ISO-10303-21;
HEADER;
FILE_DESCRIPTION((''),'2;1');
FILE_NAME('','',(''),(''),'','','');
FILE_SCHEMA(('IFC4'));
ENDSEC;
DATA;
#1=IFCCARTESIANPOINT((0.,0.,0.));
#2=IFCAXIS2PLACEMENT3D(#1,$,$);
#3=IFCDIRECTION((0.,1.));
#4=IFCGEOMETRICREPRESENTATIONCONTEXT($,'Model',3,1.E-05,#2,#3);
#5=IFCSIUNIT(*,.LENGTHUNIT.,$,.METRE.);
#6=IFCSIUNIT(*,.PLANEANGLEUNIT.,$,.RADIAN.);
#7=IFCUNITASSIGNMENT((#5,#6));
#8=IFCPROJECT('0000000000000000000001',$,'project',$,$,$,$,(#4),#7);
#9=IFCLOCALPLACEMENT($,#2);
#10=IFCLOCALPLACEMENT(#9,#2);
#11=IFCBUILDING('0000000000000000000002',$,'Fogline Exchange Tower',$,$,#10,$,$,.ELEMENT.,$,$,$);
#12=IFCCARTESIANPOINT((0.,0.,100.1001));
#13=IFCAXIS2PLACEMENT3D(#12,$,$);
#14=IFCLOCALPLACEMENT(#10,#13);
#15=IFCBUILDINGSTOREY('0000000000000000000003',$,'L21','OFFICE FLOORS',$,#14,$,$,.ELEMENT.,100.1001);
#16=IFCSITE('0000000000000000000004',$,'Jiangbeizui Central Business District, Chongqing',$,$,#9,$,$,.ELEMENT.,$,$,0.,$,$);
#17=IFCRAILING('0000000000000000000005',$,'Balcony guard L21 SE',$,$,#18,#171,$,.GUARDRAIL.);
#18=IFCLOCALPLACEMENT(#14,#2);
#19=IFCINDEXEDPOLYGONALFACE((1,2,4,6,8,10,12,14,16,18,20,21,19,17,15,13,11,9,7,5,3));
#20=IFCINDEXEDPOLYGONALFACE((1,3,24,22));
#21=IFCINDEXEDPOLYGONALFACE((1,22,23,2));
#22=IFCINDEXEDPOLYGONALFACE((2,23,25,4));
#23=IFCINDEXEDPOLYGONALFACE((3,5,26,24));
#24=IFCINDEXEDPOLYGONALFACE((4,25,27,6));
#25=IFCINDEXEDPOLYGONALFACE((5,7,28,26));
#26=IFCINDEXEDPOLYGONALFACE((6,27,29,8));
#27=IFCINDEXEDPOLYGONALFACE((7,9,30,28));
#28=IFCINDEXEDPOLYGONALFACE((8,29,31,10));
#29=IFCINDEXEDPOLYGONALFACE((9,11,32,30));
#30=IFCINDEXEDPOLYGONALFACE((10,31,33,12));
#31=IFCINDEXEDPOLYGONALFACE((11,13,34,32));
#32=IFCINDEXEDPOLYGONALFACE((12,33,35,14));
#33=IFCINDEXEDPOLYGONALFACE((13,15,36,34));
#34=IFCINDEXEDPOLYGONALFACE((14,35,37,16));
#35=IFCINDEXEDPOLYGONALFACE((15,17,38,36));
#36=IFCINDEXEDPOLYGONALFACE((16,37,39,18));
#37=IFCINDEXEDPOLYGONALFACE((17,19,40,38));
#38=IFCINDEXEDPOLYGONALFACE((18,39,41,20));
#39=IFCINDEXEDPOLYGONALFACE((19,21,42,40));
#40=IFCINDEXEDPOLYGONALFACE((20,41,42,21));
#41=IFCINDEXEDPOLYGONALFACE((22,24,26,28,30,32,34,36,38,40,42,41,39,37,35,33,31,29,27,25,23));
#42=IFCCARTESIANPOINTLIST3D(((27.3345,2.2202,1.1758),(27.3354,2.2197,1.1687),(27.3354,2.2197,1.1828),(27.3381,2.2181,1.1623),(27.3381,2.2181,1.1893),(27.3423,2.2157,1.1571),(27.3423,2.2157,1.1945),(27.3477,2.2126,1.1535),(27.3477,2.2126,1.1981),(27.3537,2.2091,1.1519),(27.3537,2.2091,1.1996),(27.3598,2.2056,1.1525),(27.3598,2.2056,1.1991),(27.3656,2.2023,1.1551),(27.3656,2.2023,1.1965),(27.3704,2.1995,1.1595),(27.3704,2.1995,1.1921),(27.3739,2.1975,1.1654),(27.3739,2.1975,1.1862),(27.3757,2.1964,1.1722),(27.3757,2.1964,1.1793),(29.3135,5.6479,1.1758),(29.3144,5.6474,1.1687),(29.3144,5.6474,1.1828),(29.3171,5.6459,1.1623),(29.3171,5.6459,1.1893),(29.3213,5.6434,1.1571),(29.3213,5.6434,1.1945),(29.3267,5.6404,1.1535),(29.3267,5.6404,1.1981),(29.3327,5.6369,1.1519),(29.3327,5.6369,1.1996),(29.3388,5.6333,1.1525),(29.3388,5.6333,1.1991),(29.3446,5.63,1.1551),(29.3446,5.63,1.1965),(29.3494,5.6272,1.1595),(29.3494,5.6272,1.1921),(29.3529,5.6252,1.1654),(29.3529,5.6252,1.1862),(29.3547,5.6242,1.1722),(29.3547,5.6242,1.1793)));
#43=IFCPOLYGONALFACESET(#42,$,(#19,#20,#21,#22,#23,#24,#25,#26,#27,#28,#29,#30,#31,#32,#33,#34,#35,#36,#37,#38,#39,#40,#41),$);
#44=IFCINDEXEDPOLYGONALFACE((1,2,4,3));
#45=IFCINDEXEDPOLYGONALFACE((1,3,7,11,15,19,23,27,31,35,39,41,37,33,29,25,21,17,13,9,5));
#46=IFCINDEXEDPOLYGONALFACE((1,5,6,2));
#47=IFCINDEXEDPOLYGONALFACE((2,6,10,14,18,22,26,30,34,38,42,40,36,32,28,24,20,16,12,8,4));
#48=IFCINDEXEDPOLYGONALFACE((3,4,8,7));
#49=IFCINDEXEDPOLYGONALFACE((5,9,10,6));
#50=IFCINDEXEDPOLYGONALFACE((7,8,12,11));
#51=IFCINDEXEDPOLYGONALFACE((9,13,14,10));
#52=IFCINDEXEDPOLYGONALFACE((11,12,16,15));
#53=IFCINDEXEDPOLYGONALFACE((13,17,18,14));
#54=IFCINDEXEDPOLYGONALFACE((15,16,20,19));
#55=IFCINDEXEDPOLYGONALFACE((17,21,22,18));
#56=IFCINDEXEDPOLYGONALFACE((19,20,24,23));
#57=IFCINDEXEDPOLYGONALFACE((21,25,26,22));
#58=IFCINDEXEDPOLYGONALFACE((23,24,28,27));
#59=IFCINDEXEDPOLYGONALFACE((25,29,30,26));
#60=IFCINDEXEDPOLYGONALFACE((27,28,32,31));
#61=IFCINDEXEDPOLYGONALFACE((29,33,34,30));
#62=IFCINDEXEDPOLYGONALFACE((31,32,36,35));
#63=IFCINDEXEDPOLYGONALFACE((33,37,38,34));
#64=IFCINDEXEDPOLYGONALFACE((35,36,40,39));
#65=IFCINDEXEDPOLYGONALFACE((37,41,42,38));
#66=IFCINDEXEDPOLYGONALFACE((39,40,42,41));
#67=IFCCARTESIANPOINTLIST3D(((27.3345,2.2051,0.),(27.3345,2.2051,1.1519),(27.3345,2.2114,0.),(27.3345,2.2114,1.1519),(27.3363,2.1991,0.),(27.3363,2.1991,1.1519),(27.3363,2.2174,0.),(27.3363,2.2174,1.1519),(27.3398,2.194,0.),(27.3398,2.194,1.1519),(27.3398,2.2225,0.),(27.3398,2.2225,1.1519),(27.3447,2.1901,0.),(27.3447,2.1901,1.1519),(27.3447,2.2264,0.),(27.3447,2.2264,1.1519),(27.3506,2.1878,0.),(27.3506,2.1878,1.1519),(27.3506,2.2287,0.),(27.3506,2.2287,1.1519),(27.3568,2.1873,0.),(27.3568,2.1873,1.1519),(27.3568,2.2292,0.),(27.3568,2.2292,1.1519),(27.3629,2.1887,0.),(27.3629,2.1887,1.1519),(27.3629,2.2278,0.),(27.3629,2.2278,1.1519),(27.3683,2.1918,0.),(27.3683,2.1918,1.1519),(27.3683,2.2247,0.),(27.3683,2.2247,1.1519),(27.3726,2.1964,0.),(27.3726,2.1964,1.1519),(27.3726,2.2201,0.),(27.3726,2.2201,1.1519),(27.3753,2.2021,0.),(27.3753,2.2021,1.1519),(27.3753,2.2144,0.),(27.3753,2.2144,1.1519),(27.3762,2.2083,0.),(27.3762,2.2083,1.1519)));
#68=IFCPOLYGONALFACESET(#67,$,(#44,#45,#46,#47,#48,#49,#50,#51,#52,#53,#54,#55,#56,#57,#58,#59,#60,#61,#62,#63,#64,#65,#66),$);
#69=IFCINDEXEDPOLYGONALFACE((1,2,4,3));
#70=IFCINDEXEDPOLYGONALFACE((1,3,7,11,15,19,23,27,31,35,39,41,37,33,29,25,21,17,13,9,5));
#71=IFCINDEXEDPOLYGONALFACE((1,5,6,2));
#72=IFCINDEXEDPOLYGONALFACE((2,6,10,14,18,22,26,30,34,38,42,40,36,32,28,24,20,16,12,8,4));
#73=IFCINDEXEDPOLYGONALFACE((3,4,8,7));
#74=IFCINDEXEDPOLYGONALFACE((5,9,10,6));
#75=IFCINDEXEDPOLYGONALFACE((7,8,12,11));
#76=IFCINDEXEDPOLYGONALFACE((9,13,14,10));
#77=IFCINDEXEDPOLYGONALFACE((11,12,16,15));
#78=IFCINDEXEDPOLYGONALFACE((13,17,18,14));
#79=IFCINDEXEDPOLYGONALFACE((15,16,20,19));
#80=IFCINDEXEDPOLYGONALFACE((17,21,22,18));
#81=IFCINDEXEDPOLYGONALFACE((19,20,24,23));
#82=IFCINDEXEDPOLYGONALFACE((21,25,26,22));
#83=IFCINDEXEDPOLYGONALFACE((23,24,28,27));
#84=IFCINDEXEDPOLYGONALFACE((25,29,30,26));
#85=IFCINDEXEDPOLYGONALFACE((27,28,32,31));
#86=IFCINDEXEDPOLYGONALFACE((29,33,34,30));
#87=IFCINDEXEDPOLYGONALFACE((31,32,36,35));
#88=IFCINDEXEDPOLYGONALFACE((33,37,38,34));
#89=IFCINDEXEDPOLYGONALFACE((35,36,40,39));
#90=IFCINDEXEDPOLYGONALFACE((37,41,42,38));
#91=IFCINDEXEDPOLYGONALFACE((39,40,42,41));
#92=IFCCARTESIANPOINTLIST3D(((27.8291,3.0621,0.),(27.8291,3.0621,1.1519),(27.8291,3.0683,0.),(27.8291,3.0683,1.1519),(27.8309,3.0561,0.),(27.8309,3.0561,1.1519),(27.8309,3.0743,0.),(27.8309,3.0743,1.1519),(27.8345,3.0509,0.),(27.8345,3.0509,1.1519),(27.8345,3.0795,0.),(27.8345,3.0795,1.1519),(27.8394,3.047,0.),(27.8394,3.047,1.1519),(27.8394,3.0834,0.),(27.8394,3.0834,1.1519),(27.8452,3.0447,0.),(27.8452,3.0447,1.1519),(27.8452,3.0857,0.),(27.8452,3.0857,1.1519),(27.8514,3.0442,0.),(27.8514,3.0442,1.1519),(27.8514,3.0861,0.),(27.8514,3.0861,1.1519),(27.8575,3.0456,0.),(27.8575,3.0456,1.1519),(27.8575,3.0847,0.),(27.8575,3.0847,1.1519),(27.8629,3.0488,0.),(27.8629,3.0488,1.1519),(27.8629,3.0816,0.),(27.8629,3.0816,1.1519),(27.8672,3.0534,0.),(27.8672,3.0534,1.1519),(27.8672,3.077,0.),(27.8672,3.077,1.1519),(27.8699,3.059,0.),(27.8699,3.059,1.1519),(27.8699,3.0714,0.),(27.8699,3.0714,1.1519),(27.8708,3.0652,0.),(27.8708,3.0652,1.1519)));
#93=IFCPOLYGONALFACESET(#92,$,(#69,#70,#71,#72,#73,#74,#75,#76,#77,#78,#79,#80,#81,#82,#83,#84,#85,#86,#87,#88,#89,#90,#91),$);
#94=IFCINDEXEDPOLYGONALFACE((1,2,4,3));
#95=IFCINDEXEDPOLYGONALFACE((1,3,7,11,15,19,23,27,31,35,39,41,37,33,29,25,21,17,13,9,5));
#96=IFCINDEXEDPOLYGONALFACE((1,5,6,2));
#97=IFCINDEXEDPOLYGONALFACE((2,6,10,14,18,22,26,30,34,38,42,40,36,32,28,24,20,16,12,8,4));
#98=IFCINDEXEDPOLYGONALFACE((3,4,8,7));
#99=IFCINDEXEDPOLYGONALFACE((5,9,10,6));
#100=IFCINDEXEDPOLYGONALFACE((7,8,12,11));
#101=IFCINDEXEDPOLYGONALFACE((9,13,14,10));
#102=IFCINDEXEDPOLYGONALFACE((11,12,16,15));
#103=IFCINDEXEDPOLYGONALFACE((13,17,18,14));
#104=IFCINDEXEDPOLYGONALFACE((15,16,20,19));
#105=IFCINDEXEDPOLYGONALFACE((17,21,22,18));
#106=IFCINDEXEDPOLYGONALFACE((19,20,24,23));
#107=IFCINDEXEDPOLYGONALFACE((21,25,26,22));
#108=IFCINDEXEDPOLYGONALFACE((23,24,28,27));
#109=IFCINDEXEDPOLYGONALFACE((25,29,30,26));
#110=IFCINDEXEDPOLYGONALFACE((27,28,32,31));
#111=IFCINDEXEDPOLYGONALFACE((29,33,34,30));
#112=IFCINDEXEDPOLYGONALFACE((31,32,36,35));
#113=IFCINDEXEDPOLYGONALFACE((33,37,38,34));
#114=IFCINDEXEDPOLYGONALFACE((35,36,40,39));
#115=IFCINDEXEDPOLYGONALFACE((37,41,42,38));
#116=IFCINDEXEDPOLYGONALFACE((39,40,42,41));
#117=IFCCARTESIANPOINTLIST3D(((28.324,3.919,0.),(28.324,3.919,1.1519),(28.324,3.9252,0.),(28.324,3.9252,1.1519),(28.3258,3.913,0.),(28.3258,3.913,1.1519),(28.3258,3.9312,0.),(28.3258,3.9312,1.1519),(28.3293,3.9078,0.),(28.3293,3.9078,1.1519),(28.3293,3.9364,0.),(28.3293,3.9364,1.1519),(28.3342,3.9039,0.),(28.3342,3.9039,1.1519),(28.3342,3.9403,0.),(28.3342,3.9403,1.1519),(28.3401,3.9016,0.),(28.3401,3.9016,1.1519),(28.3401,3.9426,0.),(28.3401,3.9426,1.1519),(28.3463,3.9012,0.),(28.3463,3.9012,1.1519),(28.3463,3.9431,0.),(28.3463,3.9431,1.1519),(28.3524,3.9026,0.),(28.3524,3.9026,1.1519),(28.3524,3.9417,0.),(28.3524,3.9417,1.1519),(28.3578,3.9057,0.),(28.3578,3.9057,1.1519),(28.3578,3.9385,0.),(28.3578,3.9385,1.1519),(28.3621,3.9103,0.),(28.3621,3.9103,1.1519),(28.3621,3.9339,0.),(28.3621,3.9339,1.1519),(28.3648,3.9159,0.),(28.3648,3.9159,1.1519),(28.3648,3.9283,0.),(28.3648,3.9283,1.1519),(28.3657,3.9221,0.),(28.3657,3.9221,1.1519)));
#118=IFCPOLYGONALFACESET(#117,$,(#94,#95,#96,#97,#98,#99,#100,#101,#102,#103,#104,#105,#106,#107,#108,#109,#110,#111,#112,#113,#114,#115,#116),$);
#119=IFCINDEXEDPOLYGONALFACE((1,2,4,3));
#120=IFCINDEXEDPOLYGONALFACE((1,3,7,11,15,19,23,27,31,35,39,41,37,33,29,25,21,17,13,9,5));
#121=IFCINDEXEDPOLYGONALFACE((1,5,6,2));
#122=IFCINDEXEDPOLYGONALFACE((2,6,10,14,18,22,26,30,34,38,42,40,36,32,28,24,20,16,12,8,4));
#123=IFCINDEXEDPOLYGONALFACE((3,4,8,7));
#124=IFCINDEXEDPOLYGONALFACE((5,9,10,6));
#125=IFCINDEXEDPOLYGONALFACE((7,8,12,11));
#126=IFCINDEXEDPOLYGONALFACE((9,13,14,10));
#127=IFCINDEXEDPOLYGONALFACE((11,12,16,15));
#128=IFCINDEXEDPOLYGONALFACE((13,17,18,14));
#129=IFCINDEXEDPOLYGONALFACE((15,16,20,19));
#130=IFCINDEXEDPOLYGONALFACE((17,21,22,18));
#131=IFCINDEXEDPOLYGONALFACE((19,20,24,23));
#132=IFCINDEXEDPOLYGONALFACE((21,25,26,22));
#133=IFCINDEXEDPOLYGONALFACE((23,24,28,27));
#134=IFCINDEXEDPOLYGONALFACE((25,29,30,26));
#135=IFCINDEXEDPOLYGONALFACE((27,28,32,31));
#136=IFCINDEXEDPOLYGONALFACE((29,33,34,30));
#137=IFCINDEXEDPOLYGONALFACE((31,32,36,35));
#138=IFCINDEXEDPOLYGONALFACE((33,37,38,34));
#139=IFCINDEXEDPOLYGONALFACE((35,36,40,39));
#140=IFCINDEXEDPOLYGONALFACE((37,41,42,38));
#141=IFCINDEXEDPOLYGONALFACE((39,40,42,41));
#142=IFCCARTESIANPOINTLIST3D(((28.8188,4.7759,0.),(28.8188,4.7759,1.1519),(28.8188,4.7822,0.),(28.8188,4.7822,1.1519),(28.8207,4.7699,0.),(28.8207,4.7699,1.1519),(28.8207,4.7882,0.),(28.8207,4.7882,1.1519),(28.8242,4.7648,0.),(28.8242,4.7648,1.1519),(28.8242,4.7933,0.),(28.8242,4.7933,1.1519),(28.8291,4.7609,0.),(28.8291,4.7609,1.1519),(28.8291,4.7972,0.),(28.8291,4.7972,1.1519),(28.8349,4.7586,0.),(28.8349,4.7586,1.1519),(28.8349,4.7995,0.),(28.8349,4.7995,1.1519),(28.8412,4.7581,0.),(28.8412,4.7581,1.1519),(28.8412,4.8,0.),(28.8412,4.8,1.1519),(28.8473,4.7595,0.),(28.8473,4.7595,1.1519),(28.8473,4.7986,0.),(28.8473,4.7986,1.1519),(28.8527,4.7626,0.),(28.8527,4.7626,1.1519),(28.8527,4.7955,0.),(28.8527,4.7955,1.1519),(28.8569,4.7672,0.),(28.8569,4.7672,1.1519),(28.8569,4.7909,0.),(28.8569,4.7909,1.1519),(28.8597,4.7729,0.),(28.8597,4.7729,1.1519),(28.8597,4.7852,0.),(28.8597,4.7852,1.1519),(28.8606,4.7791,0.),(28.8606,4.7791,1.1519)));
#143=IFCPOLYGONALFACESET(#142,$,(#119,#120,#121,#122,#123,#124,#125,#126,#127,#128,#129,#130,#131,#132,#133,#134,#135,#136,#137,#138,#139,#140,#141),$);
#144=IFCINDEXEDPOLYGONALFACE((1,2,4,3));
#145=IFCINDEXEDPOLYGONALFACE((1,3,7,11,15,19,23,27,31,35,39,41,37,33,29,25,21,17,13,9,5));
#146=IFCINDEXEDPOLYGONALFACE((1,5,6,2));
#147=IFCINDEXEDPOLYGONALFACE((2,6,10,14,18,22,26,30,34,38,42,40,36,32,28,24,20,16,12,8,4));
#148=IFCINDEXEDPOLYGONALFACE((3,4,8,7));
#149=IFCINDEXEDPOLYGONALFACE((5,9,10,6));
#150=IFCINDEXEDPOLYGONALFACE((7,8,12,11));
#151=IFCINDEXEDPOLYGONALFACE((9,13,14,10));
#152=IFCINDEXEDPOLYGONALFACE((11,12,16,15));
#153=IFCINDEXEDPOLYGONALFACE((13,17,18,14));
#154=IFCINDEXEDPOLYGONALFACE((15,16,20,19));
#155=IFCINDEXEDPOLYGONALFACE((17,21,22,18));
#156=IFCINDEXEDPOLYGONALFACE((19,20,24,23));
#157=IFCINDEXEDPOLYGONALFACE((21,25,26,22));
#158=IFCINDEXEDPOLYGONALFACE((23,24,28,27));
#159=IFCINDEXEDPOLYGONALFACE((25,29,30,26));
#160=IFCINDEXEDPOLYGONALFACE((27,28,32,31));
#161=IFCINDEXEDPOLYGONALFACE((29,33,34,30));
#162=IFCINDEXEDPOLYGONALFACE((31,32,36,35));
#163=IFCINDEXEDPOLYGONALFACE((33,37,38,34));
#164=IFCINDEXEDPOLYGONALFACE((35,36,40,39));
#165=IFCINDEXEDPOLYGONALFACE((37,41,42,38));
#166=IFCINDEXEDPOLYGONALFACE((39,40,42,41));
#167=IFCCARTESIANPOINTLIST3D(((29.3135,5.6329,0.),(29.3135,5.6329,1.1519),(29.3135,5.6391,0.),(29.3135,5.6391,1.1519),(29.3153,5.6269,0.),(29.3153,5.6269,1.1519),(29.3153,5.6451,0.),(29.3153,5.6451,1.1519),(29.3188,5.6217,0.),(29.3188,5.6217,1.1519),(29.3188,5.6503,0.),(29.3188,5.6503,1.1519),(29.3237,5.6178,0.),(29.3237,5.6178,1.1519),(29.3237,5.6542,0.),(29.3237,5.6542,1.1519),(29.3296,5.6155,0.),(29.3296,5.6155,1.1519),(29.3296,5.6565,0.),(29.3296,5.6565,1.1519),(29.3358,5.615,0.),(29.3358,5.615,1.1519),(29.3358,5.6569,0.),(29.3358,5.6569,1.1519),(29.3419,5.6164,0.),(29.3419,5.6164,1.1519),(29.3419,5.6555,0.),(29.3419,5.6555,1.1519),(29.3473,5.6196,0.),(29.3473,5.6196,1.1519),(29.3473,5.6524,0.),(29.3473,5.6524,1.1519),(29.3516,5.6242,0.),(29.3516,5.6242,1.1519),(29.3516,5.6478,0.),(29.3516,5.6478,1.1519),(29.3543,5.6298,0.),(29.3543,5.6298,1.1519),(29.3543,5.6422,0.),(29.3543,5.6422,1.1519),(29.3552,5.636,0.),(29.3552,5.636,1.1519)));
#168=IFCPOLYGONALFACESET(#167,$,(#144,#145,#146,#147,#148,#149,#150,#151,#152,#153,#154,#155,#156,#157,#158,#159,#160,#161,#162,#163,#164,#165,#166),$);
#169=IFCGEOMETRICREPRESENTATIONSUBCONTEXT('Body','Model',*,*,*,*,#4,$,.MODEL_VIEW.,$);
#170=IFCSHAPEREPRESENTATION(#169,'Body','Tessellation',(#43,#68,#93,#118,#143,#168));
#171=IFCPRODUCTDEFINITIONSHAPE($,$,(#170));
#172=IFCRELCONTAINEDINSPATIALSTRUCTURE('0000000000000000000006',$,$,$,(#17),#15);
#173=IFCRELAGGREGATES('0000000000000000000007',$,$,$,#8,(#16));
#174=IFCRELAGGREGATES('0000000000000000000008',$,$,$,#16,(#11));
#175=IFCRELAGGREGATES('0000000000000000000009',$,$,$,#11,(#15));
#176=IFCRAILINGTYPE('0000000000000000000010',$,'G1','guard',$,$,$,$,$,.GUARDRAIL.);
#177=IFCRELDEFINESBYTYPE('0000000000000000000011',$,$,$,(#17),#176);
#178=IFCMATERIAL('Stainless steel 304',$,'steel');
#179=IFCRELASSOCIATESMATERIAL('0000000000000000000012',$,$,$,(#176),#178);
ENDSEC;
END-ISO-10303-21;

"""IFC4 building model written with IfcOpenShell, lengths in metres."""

from ifc_helpers import new_model, si_unit, direction, frame, origin, origin_2d, place, context, subcontext, project, spatial, circle, extrude, material, type_object, element, save


model = new_model("IFC4")

# Units and contexts
model_context = context("Model", 3, precision=1e-05, world=origin(), true_north=direction((0.0, 1.0)))
body_context = subcontext(model_context, "Body", "Model", "MODEL_VIEW")
ifc_project = project(units=[si_unit("LENGTHUNIT", "METRE"), si_unit("PLANEANGLEUNIT", "RADIAN")], contexts=[model_context])

# Site, building, storey
site_placement = place(None, origin())
site = spatial("IfcSite", under=ifc_project, at=site_placement, Name="Jiangbeizui Central Business District, Chongqing", CompositionType="ELEMENT", RefElevation=0.0)
building_placement = place(site_placement, origin())
building = spatial("IfcBuilding", under=site, at=building_placement, Name="Fogline Exchange Tower", CompositionType="ELEMENT")
storey_placement = place(building_placement, frame((0.0, 0.0, 100.1001)))
storey = spatial("IfcBuildingStorey", under=building, at=storey_placement, Name="L21", Description="OFFICE FLOORS", CompositionType="ELEMENT", Elevation=100.1001)

# Railing
ifc_material_1 = material(Name="Stainless steel 304", Category="steel")
railing_type = type_object("IfcRailingType", Name="G1", Description="guard", PredefinedType="GUARDRAIL", material=ifc_material_1)
railing_placement = place(storey_placement, frame((27.3552, 2.2083, 0.0)))
element("IfcRailing", 1, at=railing_placement, inside=storey, type_object=railing_type, Name="Balcony guard L21 SE", PredefinedType="GUARDRAIL", context=body_context, shape_type="SweptSolid", body=[
    extrude(circle(Radius=0.0239, at=origin_2d()), frame((0.0, 0.0, 1.1758), z_axis=(0.5, 0.866025, 0.0), x_axis=(-0.866025, 0.5, 0.0)), (0.0, 0.0, 1.0), 3.958),
    extrude(circle(Radius=0.021, at=origin_2d()), origin(), (0.0, 0.0, 1.0), 1.1519),
    extrude(circle(Radius=0.021, at=origin_2d()), frame((0.4946, 0.8569, 0.0)), (0.0, 0.0, 1.0), 1.1519),
    extrude(circle(Radius=0.021, at=origin_2d()), frame((0.9895, 1.7139, 0.0)), (0.0, 0.0, 1.0), 1.1519),
    extrude(circle(Radius=0.021, at=origin_2d()), frame((1.4844, 2.5708, 0.0)), (0.0, 0.0, 1.0), 1.1519),
    extrude(circle(Radius=0.021, at=origin_2d()), frame((1.979, 3.4277, 0.0)), (0.0, 0.0, 1.0), 1.1519),
])

save(model, "model.ifc")
